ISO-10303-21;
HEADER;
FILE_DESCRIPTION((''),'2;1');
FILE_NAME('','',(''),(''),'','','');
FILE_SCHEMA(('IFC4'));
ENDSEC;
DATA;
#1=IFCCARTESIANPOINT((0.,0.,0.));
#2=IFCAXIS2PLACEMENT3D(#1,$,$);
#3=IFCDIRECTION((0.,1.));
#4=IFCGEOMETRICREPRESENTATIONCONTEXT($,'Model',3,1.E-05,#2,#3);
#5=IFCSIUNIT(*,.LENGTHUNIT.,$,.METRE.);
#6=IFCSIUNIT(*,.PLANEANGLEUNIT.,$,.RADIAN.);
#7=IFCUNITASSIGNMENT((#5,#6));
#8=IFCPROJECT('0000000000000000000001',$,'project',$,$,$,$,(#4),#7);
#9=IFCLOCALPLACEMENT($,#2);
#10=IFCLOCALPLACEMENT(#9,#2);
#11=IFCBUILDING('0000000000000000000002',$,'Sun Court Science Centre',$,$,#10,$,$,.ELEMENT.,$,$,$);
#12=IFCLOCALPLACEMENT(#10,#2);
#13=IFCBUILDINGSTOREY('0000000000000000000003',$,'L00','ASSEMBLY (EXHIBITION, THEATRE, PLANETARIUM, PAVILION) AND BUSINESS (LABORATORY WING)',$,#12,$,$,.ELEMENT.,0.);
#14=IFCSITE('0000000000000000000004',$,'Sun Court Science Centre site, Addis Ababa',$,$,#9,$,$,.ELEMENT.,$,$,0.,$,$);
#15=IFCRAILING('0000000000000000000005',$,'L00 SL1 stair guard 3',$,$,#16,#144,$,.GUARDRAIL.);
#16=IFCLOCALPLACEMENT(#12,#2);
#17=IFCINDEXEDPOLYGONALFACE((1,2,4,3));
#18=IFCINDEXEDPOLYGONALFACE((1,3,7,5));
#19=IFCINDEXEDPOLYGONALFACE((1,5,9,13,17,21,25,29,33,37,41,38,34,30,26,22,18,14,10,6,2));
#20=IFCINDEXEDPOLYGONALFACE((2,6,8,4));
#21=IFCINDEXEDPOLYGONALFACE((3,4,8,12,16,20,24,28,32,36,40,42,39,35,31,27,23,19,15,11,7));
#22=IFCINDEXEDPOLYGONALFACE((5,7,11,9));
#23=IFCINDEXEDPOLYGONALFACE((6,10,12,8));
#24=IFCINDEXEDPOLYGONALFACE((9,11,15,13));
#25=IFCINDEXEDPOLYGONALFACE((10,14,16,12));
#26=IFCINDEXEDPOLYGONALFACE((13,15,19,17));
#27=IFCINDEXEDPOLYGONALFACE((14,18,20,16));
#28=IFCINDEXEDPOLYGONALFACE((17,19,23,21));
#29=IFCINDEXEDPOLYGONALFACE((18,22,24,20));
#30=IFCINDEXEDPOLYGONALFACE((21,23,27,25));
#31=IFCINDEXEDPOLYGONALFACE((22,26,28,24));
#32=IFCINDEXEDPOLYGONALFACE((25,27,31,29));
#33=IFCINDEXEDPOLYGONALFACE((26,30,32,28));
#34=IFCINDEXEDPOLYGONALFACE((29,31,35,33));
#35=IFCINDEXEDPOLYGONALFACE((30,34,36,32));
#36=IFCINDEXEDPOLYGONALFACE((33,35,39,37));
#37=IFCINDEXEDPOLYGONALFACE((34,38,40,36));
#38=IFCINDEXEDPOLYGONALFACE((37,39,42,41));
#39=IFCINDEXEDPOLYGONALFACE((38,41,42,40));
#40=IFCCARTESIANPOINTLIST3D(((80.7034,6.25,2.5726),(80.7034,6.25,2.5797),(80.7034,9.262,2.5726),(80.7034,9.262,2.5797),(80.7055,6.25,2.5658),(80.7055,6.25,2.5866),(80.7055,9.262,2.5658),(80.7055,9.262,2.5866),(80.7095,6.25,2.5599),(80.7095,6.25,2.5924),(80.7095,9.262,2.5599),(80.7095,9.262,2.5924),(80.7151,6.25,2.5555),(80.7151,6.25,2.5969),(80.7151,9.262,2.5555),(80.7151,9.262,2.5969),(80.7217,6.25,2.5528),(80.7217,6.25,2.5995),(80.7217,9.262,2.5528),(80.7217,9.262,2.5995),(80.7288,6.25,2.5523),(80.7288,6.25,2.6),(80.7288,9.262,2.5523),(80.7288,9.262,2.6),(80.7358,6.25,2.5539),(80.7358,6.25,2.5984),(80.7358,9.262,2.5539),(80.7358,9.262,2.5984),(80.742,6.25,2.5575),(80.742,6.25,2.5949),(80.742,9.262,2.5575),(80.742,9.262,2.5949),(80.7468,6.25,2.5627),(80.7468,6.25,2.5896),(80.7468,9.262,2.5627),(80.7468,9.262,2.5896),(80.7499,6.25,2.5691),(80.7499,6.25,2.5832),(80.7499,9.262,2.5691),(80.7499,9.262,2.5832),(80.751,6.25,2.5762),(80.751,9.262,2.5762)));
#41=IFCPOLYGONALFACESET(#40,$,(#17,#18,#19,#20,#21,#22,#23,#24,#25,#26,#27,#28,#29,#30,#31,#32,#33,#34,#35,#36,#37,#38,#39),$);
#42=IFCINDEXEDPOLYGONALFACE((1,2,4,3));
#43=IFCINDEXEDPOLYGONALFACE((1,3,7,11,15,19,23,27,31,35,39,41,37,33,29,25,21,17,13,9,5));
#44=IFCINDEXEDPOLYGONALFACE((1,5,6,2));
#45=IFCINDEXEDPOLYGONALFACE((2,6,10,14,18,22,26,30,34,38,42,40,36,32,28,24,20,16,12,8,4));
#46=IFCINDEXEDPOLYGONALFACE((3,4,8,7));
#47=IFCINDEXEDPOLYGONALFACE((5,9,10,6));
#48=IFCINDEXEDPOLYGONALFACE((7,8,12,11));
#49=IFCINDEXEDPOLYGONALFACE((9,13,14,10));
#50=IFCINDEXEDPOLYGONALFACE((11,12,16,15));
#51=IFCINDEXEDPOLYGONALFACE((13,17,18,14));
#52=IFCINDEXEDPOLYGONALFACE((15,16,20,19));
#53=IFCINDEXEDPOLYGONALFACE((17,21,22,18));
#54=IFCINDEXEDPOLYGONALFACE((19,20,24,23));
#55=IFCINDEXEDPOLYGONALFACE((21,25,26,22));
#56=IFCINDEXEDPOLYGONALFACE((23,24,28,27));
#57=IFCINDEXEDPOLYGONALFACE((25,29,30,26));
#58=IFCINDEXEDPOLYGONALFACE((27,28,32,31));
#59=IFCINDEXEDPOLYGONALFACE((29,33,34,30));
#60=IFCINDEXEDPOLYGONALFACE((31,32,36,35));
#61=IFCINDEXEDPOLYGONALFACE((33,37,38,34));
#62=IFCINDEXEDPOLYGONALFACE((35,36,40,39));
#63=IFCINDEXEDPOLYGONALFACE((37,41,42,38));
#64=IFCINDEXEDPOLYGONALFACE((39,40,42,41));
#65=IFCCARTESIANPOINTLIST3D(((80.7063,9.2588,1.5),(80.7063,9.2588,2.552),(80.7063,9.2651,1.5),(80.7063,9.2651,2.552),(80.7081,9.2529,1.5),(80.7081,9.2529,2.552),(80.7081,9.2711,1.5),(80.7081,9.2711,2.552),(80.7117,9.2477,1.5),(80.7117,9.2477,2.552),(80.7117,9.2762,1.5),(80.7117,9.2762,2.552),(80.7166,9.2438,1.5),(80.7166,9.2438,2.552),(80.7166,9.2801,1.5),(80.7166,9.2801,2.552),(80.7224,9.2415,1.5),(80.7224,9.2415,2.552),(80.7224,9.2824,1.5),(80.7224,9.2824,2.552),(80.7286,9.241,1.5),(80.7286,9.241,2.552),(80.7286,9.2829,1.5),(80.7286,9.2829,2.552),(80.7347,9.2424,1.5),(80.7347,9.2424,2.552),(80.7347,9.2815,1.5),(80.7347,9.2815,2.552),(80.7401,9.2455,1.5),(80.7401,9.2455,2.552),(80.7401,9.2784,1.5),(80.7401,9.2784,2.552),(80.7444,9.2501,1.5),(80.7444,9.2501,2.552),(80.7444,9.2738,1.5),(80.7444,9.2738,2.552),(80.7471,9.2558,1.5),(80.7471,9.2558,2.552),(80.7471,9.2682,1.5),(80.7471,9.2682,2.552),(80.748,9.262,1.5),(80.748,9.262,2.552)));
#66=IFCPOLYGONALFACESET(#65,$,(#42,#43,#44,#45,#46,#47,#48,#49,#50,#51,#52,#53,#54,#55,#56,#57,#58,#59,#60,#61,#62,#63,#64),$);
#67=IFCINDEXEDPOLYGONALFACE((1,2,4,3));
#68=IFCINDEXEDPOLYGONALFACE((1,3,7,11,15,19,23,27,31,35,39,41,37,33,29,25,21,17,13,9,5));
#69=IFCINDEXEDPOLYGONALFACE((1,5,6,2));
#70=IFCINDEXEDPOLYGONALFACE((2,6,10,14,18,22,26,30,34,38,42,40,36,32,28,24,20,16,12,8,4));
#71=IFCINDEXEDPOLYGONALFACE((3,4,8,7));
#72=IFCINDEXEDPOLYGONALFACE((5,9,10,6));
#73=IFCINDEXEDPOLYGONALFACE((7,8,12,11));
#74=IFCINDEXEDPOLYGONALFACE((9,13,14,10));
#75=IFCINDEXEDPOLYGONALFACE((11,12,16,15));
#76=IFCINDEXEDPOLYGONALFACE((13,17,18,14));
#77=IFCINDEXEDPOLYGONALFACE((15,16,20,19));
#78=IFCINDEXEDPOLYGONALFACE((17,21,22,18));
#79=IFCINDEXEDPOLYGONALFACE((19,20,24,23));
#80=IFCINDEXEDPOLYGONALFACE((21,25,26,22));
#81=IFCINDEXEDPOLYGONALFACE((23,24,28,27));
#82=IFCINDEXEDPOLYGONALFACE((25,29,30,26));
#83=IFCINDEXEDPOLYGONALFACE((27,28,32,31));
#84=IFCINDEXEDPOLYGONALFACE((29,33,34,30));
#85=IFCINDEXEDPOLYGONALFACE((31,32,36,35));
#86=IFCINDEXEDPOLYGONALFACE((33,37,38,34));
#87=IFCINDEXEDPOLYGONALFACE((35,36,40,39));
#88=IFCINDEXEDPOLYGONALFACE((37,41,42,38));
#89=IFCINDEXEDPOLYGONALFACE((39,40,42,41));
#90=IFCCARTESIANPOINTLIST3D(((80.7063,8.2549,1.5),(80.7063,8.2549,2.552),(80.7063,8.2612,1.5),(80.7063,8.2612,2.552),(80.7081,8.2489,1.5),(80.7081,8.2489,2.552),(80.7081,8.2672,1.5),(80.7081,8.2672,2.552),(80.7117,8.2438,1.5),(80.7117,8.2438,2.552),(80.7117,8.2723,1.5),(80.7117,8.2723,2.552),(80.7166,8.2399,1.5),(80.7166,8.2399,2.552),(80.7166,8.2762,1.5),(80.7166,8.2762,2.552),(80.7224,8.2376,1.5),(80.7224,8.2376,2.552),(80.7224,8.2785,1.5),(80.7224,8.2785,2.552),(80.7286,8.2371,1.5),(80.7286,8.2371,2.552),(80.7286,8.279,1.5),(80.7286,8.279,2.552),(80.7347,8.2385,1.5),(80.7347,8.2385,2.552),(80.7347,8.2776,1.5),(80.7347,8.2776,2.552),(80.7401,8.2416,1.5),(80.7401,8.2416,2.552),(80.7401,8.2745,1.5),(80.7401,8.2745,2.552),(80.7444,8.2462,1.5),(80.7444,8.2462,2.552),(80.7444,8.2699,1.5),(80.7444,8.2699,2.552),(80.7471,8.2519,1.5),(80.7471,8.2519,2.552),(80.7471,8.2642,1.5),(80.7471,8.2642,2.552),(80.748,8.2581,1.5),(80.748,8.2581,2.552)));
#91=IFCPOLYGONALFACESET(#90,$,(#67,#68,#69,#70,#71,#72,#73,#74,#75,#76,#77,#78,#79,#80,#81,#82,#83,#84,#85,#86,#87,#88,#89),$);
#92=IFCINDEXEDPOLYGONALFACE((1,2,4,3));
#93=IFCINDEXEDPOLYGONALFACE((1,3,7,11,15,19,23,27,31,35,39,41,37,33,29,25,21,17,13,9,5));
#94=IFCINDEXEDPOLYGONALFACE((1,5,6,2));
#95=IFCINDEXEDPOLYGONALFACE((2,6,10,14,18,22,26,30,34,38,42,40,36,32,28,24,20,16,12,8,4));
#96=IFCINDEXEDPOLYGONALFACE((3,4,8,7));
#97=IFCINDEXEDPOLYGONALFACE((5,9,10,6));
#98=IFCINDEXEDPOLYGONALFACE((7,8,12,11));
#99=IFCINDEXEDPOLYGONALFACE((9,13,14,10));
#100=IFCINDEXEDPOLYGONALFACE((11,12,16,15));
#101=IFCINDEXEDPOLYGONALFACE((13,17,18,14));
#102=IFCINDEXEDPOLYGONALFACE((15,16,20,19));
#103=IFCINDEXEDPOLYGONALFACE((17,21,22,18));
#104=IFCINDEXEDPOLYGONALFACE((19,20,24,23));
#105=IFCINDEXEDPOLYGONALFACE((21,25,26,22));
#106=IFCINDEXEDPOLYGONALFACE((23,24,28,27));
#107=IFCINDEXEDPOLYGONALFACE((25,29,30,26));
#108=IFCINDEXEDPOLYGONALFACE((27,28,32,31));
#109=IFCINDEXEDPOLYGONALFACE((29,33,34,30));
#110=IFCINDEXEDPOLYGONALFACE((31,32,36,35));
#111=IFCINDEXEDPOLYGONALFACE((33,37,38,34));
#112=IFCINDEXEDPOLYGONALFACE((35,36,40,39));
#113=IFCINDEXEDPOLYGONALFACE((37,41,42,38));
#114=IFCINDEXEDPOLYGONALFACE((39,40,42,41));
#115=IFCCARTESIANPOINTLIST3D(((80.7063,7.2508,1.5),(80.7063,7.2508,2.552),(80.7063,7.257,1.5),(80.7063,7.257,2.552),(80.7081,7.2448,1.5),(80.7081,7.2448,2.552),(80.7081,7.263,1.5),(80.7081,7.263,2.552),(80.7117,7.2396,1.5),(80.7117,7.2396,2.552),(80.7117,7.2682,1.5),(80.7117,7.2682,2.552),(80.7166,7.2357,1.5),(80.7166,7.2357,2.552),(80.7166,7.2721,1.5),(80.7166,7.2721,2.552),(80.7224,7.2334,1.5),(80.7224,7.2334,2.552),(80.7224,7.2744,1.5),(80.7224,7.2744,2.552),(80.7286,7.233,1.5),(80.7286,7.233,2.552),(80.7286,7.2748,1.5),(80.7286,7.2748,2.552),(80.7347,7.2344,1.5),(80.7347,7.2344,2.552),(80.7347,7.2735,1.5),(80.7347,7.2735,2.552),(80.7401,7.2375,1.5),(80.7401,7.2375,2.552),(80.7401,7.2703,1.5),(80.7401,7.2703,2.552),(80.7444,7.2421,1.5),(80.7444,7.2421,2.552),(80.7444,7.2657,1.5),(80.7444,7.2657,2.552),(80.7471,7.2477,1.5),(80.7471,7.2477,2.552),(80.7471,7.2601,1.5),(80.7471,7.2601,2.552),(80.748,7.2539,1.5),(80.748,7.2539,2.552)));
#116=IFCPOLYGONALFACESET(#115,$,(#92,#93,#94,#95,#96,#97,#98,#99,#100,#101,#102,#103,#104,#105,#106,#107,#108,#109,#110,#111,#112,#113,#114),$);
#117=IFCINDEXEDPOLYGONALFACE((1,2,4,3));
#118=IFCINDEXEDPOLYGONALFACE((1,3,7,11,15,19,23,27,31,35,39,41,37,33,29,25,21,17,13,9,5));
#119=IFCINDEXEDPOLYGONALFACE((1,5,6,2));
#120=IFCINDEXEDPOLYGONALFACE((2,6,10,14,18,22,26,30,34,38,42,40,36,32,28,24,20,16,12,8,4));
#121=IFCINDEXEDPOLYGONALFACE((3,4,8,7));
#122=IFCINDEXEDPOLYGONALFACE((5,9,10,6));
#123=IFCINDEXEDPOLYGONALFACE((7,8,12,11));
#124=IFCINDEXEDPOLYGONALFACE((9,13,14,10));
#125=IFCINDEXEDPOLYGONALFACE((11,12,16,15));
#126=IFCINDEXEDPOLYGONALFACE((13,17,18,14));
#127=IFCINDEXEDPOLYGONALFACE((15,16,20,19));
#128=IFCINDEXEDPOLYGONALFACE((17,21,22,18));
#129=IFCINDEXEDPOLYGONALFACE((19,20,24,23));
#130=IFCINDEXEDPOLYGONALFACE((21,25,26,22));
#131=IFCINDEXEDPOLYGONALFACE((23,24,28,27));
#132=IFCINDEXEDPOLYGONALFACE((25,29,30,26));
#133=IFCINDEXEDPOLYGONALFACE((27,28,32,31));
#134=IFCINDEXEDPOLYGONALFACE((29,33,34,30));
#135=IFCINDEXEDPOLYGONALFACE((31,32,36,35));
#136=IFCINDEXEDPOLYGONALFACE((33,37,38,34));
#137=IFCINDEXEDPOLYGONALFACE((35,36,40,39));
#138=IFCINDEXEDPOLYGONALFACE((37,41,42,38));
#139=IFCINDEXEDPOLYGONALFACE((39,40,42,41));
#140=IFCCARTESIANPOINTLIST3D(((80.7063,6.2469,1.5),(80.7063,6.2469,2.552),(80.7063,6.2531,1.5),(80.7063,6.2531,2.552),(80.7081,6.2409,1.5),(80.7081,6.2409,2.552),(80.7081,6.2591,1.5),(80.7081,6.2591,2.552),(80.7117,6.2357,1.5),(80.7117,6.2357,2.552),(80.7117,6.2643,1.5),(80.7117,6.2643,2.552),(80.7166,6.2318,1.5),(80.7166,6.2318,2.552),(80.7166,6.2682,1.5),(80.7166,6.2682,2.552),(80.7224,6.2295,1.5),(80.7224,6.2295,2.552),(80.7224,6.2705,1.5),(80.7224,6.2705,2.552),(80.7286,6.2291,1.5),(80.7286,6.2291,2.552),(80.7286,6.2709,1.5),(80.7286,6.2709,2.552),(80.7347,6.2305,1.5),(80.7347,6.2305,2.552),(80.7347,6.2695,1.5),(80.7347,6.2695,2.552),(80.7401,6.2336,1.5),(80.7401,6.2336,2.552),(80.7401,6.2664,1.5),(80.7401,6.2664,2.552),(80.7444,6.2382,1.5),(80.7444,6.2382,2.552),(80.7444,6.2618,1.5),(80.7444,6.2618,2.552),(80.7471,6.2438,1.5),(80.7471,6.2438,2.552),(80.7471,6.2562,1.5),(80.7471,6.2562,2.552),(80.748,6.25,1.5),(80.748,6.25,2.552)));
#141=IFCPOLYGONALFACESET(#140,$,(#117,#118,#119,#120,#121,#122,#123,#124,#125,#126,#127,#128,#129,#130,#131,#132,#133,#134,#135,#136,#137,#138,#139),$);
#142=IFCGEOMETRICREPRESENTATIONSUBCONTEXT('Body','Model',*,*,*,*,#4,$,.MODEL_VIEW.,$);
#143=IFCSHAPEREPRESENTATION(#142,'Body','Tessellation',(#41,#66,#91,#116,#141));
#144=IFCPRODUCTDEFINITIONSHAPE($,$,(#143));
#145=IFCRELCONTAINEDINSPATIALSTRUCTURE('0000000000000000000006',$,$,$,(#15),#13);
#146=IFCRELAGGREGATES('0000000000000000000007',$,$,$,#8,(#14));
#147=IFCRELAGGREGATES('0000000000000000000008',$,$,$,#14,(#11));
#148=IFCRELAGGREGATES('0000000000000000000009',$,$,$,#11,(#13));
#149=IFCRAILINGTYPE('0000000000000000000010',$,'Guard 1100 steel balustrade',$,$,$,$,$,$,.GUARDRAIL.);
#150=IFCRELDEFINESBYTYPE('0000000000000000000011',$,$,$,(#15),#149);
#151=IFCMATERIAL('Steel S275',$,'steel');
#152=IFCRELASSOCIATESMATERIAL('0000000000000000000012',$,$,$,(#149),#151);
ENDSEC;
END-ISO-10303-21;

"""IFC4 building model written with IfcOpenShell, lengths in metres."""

from ifc_helpers import new_model, si_unit, direction, frame, origin, origin_2d, place, context, subcontext, project, spatial, circle, extrude, material, type_object, element, save


model = new_model("IFC4")

# Units and contexts
model_context = context("Model", 3, precision=1e-05, world=origin(), true_north=direction((0.0, 1.0)))
body_context = subcontext(model_context, "Body", "Model", "MODEL_VIEW")
ifc_project = project(units=[si_unit("LENGTHUNIT", "METRE"), si_unit("PLANEANGLEUNIT", "RADIAN")], contexts=[model_context])

# Site, building, storey
site_placement = place(None, origin())
site = spatial("IfcSite", under=ifc_project, at=site_placement, Name="Sun Court Science Centre site, Addis Ababa", CompositionType="ELEMENT", RefElevation=0.0)
building_placement = place(site_placement, origin())
building = spatial("IfcBuilding", under=site, at=building_placement, Name="Sun Court Science Centre", CompositionType="ELEMENT")
storey_placement = place(building_placement, origin())
storey = spatial("IfcBuildingStorey", under=building, at=storey_placement, Name="L00", Description="ASSEMBLY (EXHIBITION, THEATRE, PLANETARIUM, PAVILION) AND BUSINESS (LABORATORY WING)", CompositionType="ELEMENT", Elevation=0.0)

# Railing
ifc_material_1 = material(Name="Steel S275", Category="steel")
railing_type_1 = type_object("IfcRailingType", Name="Guard 1100 steel balustrade", PredefinedType="GUARDRAIL", material=ifc_material_1)
railing_1_placement = place(storey_placement, frame((80.7271, 9.262, 1.5)))
element("IfcRailing", 1, at=railing_1_placement, inside=storey, type_object=railing_type_1, Name="L00 SL1 stair guard 3", PredefinedType="GUARDRAIL", context=body_context, shape_type="SweptSolid", body=[
    extrude(circle(Radius=0.0239, at=origin_2d()), frame((0.0, 0.0, 1.0762), z_axis=(0.0, -1.0, 0.0), x_axis=(1.0, 0.0, 0.0)), (0.0, 0.0, 1.0), 3.012),
    extrude(circle(Radius=0.021, at=origin_2d()), origin(), (0.0, 0.0, 1.0), 1.052),
    extrude(circle(Radius=0.021, at=origin_2d()), frame((0.0, -1.0039, 0.0)), (0.0, 0.0, 1.0), 1.052),
    extrude(circle(Radius=0.021, at=origin_2d()), frame((0.0, -2.0081, 0.0)), (0.0, 0.0, 1.0), 1.052),
    extrude(circle(Radius=0.021, at=origin_2d()), frame((0.0, -3.012, 0.0)), (0.0, 0.0, 1.0), 1.052),
])

save(model, "model.ifc")
